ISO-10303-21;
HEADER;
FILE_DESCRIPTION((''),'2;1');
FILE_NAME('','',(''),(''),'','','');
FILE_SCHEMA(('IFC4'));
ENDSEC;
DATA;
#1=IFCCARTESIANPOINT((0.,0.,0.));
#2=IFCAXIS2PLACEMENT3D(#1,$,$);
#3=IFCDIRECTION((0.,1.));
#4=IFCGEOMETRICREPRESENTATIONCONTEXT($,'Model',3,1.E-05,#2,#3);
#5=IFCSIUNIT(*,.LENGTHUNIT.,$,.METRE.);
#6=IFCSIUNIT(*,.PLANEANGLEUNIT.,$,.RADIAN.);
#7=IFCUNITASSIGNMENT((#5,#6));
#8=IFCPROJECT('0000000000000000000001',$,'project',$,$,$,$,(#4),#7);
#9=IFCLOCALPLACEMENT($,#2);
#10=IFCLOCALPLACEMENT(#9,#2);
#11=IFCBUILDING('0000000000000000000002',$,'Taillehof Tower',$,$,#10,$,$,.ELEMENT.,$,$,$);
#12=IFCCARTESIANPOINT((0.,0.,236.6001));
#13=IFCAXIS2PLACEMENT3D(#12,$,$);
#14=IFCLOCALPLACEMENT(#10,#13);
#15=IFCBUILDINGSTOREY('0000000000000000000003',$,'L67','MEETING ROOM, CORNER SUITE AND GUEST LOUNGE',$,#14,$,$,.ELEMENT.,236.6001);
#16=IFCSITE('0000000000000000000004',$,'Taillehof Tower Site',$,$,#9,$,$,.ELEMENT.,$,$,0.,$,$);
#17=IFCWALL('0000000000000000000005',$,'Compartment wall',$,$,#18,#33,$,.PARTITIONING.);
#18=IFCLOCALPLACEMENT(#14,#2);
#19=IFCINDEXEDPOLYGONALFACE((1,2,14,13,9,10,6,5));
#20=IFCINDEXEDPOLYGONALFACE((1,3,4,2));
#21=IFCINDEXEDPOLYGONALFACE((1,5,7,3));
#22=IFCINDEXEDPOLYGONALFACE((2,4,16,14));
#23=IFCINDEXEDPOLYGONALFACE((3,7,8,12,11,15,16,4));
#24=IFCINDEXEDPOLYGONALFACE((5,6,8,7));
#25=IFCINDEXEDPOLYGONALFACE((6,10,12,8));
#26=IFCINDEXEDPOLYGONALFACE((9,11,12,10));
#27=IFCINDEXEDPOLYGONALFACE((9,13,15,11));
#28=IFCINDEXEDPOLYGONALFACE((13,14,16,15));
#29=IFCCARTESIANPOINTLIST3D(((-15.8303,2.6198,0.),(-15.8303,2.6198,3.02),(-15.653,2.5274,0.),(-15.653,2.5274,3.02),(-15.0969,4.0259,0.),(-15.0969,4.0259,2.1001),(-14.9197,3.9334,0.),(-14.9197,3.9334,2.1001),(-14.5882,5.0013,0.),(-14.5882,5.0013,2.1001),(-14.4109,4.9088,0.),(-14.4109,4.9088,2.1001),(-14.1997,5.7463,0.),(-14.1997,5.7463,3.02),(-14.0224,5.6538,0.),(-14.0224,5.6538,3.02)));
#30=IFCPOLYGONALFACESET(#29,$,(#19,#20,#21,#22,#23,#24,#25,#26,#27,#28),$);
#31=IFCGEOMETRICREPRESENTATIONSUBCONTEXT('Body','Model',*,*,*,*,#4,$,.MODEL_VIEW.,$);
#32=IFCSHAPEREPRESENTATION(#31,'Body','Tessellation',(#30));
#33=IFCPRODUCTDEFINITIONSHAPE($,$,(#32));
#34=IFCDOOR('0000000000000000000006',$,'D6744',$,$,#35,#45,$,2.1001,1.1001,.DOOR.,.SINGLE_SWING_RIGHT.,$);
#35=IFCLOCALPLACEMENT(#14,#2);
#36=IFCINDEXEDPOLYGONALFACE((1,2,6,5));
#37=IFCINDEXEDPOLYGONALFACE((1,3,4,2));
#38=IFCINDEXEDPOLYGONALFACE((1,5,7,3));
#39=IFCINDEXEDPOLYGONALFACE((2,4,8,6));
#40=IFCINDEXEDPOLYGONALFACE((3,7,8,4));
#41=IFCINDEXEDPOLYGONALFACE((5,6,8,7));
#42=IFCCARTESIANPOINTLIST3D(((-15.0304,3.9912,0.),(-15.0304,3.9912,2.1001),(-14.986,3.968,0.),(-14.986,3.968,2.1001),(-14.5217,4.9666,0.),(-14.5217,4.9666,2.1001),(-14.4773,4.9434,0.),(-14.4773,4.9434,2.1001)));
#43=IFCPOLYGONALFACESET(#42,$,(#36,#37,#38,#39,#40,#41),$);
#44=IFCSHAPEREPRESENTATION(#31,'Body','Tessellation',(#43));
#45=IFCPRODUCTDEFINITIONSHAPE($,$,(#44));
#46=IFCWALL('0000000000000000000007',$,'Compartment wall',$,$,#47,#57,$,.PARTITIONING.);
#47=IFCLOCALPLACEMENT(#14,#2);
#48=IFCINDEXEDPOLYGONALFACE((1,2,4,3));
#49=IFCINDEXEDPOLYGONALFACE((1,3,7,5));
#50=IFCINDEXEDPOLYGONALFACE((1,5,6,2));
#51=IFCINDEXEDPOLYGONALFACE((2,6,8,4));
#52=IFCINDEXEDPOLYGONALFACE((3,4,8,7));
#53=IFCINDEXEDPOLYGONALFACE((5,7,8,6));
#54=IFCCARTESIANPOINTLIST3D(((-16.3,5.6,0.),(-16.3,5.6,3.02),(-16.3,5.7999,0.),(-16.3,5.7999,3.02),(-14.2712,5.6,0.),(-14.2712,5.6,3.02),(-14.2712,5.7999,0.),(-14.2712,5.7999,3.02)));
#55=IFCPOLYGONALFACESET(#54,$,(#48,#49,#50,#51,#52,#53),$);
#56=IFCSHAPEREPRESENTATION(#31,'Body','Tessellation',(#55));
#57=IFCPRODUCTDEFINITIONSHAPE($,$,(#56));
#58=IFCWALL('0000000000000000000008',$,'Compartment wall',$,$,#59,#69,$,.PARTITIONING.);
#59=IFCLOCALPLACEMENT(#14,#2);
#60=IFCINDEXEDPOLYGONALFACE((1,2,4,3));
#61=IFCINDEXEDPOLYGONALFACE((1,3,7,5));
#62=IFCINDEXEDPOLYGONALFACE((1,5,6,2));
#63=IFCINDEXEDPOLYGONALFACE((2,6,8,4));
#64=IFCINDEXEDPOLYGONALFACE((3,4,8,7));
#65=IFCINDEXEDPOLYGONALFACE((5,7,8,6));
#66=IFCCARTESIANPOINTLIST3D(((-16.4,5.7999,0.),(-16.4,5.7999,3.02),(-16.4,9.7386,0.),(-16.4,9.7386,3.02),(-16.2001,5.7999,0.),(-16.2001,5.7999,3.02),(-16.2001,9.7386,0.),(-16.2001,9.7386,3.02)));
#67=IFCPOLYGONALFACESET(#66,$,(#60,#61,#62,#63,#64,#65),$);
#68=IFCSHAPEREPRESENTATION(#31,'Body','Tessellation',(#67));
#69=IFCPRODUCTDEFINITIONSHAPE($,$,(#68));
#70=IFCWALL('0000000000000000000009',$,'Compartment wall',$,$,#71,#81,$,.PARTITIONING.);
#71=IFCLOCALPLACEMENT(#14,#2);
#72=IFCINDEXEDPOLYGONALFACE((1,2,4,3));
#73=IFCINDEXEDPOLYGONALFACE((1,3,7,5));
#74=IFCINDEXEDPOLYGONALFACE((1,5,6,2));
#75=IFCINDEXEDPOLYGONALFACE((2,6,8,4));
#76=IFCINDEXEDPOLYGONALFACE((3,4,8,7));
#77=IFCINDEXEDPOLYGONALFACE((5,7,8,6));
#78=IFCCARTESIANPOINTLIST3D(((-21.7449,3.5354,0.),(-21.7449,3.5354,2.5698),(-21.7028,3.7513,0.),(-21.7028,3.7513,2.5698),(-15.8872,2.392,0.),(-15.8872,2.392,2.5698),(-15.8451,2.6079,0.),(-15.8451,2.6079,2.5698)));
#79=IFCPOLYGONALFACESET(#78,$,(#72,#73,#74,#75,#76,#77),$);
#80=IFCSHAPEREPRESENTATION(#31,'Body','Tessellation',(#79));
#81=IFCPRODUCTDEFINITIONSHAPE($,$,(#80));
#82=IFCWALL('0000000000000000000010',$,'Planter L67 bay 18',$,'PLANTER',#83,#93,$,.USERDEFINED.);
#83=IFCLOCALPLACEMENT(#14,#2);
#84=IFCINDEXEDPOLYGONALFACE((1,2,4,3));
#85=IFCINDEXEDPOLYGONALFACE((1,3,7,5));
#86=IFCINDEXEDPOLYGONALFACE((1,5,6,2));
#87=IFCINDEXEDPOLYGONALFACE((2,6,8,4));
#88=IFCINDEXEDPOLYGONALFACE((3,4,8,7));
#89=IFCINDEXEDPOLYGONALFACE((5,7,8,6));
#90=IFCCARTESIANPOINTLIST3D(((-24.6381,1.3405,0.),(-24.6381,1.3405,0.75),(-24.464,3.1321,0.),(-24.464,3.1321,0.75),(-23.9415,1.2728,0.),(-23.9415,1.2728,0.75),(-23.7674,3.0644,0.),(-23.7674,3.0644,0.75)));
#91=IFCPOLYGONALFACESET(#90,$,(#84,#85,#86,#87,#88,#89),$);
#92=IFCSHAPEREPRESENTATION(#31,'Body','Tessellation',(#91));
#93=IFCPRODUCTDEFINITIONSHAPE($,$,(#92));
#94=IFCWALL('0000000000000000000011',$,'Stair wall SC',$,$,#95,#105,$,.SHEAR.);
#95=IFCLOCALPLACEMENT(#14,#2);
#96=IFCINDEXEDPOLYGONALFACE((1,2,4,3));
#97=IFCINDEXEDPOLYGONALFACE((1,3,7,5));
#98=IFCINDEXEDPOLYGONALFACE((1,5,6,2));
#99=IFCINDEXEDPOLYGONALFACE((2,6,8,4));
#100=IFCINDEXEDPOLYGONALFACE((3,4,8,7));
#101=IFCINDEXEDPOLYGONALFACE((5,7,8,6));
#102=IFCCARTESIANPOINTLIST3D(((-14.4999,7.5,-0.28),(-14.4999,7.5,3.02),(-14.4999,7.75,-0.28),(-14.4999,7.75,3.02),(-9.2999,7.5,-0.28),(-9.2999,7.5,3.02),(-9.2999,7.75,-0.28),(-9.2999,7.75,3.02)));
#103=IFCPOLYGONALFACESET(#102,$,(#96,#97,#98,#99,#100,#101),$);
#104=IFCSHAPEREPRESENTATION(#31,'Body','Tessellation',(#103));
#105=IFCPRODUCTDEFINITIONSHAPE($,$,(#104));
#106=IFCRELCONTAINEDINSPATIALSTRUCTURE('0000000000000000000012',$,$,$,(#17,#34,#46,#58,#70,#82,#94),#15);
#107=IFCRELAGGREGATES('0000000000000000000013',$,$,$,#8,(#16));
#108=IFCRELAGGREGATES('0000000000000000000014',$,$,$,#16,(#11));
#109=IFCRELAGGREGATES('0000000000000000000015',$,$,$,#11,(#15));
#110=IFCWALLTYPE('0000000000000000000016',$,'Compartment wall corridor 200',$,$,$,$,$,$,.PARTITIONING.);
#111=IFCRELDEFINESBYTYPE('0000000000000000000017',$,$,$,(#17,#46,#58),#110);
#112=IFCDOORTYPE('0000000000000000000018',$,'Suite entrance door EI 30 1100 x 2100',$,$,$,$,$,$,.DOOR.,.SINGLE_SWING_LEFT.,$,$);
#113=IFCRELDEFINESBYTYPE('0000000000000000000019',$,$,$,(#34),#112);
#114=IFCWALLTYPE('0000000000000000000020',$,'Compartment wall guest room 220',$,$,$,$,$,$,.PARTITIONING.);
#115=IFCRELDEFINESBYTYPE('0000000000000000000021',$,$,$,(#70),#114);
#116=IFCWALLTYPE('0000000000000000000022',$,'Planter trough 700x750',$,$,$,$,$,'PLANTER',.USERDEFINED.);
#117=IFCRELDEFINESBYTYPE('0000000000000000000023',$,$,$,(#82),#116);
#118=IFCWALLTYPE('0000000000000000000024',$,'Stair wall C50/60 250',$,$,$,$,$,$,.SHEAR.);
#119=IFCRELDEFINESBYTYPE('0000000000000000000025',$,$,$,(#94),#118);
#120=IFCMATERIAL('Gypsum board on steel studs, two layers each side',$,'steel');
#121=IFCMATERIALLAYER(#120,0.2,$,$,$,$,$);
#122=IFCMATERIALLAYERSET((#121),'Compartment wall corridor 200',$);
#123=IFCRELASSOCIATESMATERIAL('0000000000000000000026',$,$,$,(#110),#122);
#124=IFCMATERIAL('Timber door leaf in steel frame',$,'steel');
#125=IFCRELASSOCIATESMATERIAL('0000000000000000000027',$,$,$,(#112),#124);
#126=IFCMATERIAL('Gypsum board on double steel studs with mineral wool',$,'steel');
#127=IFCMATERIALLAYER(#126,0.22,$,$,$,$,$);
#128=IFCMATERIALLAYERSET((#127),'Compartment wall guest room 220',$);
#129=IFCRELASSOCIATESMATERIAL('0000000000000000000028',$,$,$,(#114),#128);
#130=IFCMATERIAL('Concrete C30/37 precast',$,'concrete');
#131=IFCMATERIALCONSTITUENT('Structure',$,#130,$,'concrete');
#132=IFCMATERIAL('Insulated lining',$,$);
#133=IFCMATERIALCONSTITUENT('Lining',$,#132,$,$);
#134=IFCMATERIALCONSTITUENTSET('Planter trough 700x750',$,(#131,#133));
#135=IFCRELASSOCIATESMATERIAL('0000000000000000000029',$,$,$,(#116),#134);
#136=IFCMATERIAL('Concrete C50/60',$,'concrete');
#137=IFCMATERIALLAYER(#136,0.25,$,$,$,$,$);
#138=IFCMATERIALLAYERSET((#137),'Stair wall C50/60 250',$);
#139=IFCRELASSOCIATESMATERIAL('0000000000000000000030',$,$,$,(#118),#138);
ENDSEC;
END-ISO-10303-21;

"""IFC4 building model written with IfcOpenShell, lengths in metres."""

from ifc_helpers import new_model, si_unit, direction, frame, frame_2d, origin, place, context, subcontext, project, spatial, rectangle, extrude, material, layer, layer_set, constituent, constituent_set, type_object, element, fill, save


model = new_model("IFC4")

# Units and contexts
model_context = context("Model", 3, precision=1e-05, world=origin(), true_north=direction((0.0, 1.0)))
body_context = subcontext(model_context, "Body", "Model", "MODEL_VIEW")
ifc_project = project(units=[si_unit("LENGTHUNIT", "METRE"), si_unit("PLANEANGLEUNIT", "RADIAN")], contexts=[model_context])

# Site, building, storey
site_placement = place(None, origin())
site = spatial("IfcSite", under=ifc_project, at=site_placement, Name="Taillehof Tower Site", CompositionType="ELEMENT", RefElevation=0.0)
building_placement = place(site_placement, origin())
building = spatial("IfcBuilding", under=site, at=building_placement, Name="Taillehof Tower", CompositionType="ELEMENT")
storey_placement = place(building_placement, frame((0.0, 0.0, 236.6001)))
storey = spatial("IfcBuildingStorey", under=building, at=storey_placement, Name="L67", Description="MEETING ROOM, CORNER SUITE AND GUEST LOUNGE", CompositionType="ELEMENT", Elevation=236.6001)

# Wall, opening, door
ifc_material_1 = material(Name="Gypsum board on steel studs, two layers each side", Category="steel")
ifc_layer_1 = layer(ifc_material_1, 0.2)
ifc_layer_set_1 = layer_set([ifc_layer_1], Name="Compartment wall corridor 200")
wall_type_1 = type_object("IfcWallType", Name="Compartment wall corridor 200", PredefinedType="PARTITIONING", material=ifc_layer_set_1)
wall_1_placement = place(storey_placement, frame((-15.7417, 2.5735, 0.0), z_axis=(0.0, 0.0, 1.0), x_axis=(0.462436, 0.886653, 0.0)))
wall_1 = element("IfcWall", 1, at=wall_1_placement, inside=storey, type_object=wall_type_1, Name="Compartment wall", PredefinedType="PARTITIONING", context=body_context, shape_type="SweptSolid", body=[
    extrude(rectangle(XDim=3.5261, YDim=0.2, at=frame_2d((1.7632, 0.0))), origin(), (0.0, 0.0, 1.0), 3.02),
])
opening_1_placement = place(wall_1_placement, frame((1.5859, 0.0, 0.0)))
opening_1 = element("IfcOpeningElement", 2, at=opening_1_placement, cuts=wall_1, PredefinedType="OPENING", context=body_context, shape_type="SweptSolid", body=[
    extrude(rectangle(XDim=1.1001, YDim=2.1001, at=frame_2d((0.55, 1.05))), frame((0.0, 0.1099, 0.0), z_axis=(0.0, -1.0, 0.0), x_axis=(1.0, 0.0, 0.0)), (0.0, 0.0, 1.0), 0.22),
])
ifc_material_2 = material(Name="Timber door leaf in steel frame", Category="steel")
door_type_1 = type_object("IfcDoorType", Name="Suite entrance door EI 30 1100 x 2100", OperationType="SINGLE_SWING_LEFT", PredefinedType="DOOR", material=ifc_material_2)
door_1_placement = place(opening_1_placement, origin())
door_1 = element("IfcDoor", 3, at=door_1_placement, inside=storey, type_object=door_type_1, Name="D6744", OperationType="SINGLE_SWING_RIGHT", OverallHeight=2.1001, OverallWidth=1.1001, PredefinedType="DOOR", context=body_context, shape_type="SweptSolid", body=[
    extrude(rectangle(XDim=1.1001, YDim=2.1001, at=frame_2d((0.55, 1.05))), frame((0.0, 0.0249, 0.0), z_axis=(0.0, -1.0, 0.0), x_axis=(1.0, 0.0, 0.0)), (0.0, 0.0, 1.0), 0.05),
])
fill(opening_1, door_1)

# Walls
wall_2_placement = place(storey_placement, frame((-14.2712, 5.7, 0.0), z_axis=(0.0, 0.0, 1.0), x_axis=(-1.0, 0.0, 0.0)))
element("IfcWall", 4, at=wall_2_placement, inside=storey, type_object=wall_type_1, Name="Compartment wall", PredefinedType="PARTITIONING", context=body_context, shape_type="SweptSolid", body=[
    extrude(rectangle(XDim=2.0288, YDim=0.2, at=frame_2d((1.0144, 0.0))), origin(), (0.0, 0.0, 1.0), 3.02),
])
wall_3_placement = place(storey_placement, frame((-16.3, 5.8, 0.0), z_axis=(0.0, 0.0, 1.0), x_axis=(0.0, 1.0, 0.0)))
element("IfcWall", 5, at=wall_3_placement, inside=storey, type_object=wall_type_1, Name="Compartment wall", PredefinedType="PARTITIONING", context=body_context, shape_type="SweptSolid", body=[
    extrude(rectangle(XDim=3.9387, YDim=0.2, at=frame_2d((1.9692, 0.0))), origin(), (0.0, 0.0, 1.0), 3.02),
])
ifc_material_3 = material(Name="Gypsum board on double steel studs with mineral wool", Category="steel")
ifc_layer_2 = layer(ifc_material_3, 0.22)
ifc_layer_set_2 = layer_set([ifc_layer_2], Name="Compartment wall guest room 220")
wall_type_2 = type_object("IfcWallType", Name="Compartment wall guest room 220", PredefinedType="PARTITIONING", material=ifc_layer_set_2)
wall_4_placement = place(storey_placement, frame((-21.7239, 3.6433, 0.0), z_axis=(0.0, 0.0, 1.0), x_axis=(0.98148, -0.191567, 0.0)))
element("IfcWall", 6, at=wall_4_placement, inside=storey, type_object=wall_type_2, Name="Compartment wall", PredefinedType="PARTITIONING", context=body_context, shape_type="SweptSolid", body=[
    extrude(rectangle(XDim=5.9683, YDim=0.22, at=frame_2d((2.9841, 0.0))), origin(), (0.0, 0.0, 1.0), 2.5698),
])
ifc_material_4 = material(Name="Concrete C30/37 precast", Category="concrete")
ifc_constituent_1 = constituent(ifc_material_4, Name="Structure", Category="concrete")
ifc_material_5 = material(Name="Insulated lining")
ifc_constituent_2 = constituent(ifc_material_5, Name="Lining")
ifc_constituent_set = constituent_set(constituents=[ifc_constituent_1, ifc_constituent_2], Name="Planter trough 700x750")
wall_type_3 = type_object("IfcWallType", Name="Planter trough 700x750", ElementType="PLANTER", PredefinedType="USERDEFINED", material=ifc_constituent_set)
wall_5_placement = place(storey_placement, frame((-24.1157, 3.0981, 0.0), z_axis=(0.0, 0.0, 1.0), x_axis=(-0.09671, -0.995313, 0.0)))
element("IfcWall", 7, at=wall_5_placement, inside=storey, type_object=wall_type_3, Name="Planter L67 bay 18", ObjectType="PLANTER", PredefinedType="USERDEFINED", context=body_context, shape_type="SweptSolid", body=[
    extrude(rectangle(XDim=1.8, YDim=0.7, at=frame_2d((0.8999, 0.0))), origin(), (0.0, 0.0, 1.0), 0.75),
])
ifc_material_6 = material(Name="Concrete C50/60", Category="concrete")
ifc_layer_3 = layer(ifc_material_6, 0.25)
ifc_layer_set_3 = layer_set([ifc_layer_3], Name="Stair wall C50/60 250")
wall_type_4 = type_object("IfcWallType", Name="Stair wall C50/60 250", PredefinedType="SHEAR", material=ifc_layer_set_3)
wall_6_placement = place(storey_placement, frame((-14.5, 7.625, -0.28), z_axis=(0.0, 0.0, 1.0), x_axis=(1.0, 0.0, 0.0)))
element("IfcWall", 8, at=wall_6_placement, inside=storey, type_object=wall_type_4, Name="Stair wall SC", PredefinedType="SHEAR", context=body_context, shape_type="SweptSolid", body=[
    extrude(rectangle(XDim=5.2, YDim=0.25, at=frame_2d((2.6001, 0.0))), origin(), (0.0, 0.0, 1.0), 3.3),
])

save(model, "model.ifc")
